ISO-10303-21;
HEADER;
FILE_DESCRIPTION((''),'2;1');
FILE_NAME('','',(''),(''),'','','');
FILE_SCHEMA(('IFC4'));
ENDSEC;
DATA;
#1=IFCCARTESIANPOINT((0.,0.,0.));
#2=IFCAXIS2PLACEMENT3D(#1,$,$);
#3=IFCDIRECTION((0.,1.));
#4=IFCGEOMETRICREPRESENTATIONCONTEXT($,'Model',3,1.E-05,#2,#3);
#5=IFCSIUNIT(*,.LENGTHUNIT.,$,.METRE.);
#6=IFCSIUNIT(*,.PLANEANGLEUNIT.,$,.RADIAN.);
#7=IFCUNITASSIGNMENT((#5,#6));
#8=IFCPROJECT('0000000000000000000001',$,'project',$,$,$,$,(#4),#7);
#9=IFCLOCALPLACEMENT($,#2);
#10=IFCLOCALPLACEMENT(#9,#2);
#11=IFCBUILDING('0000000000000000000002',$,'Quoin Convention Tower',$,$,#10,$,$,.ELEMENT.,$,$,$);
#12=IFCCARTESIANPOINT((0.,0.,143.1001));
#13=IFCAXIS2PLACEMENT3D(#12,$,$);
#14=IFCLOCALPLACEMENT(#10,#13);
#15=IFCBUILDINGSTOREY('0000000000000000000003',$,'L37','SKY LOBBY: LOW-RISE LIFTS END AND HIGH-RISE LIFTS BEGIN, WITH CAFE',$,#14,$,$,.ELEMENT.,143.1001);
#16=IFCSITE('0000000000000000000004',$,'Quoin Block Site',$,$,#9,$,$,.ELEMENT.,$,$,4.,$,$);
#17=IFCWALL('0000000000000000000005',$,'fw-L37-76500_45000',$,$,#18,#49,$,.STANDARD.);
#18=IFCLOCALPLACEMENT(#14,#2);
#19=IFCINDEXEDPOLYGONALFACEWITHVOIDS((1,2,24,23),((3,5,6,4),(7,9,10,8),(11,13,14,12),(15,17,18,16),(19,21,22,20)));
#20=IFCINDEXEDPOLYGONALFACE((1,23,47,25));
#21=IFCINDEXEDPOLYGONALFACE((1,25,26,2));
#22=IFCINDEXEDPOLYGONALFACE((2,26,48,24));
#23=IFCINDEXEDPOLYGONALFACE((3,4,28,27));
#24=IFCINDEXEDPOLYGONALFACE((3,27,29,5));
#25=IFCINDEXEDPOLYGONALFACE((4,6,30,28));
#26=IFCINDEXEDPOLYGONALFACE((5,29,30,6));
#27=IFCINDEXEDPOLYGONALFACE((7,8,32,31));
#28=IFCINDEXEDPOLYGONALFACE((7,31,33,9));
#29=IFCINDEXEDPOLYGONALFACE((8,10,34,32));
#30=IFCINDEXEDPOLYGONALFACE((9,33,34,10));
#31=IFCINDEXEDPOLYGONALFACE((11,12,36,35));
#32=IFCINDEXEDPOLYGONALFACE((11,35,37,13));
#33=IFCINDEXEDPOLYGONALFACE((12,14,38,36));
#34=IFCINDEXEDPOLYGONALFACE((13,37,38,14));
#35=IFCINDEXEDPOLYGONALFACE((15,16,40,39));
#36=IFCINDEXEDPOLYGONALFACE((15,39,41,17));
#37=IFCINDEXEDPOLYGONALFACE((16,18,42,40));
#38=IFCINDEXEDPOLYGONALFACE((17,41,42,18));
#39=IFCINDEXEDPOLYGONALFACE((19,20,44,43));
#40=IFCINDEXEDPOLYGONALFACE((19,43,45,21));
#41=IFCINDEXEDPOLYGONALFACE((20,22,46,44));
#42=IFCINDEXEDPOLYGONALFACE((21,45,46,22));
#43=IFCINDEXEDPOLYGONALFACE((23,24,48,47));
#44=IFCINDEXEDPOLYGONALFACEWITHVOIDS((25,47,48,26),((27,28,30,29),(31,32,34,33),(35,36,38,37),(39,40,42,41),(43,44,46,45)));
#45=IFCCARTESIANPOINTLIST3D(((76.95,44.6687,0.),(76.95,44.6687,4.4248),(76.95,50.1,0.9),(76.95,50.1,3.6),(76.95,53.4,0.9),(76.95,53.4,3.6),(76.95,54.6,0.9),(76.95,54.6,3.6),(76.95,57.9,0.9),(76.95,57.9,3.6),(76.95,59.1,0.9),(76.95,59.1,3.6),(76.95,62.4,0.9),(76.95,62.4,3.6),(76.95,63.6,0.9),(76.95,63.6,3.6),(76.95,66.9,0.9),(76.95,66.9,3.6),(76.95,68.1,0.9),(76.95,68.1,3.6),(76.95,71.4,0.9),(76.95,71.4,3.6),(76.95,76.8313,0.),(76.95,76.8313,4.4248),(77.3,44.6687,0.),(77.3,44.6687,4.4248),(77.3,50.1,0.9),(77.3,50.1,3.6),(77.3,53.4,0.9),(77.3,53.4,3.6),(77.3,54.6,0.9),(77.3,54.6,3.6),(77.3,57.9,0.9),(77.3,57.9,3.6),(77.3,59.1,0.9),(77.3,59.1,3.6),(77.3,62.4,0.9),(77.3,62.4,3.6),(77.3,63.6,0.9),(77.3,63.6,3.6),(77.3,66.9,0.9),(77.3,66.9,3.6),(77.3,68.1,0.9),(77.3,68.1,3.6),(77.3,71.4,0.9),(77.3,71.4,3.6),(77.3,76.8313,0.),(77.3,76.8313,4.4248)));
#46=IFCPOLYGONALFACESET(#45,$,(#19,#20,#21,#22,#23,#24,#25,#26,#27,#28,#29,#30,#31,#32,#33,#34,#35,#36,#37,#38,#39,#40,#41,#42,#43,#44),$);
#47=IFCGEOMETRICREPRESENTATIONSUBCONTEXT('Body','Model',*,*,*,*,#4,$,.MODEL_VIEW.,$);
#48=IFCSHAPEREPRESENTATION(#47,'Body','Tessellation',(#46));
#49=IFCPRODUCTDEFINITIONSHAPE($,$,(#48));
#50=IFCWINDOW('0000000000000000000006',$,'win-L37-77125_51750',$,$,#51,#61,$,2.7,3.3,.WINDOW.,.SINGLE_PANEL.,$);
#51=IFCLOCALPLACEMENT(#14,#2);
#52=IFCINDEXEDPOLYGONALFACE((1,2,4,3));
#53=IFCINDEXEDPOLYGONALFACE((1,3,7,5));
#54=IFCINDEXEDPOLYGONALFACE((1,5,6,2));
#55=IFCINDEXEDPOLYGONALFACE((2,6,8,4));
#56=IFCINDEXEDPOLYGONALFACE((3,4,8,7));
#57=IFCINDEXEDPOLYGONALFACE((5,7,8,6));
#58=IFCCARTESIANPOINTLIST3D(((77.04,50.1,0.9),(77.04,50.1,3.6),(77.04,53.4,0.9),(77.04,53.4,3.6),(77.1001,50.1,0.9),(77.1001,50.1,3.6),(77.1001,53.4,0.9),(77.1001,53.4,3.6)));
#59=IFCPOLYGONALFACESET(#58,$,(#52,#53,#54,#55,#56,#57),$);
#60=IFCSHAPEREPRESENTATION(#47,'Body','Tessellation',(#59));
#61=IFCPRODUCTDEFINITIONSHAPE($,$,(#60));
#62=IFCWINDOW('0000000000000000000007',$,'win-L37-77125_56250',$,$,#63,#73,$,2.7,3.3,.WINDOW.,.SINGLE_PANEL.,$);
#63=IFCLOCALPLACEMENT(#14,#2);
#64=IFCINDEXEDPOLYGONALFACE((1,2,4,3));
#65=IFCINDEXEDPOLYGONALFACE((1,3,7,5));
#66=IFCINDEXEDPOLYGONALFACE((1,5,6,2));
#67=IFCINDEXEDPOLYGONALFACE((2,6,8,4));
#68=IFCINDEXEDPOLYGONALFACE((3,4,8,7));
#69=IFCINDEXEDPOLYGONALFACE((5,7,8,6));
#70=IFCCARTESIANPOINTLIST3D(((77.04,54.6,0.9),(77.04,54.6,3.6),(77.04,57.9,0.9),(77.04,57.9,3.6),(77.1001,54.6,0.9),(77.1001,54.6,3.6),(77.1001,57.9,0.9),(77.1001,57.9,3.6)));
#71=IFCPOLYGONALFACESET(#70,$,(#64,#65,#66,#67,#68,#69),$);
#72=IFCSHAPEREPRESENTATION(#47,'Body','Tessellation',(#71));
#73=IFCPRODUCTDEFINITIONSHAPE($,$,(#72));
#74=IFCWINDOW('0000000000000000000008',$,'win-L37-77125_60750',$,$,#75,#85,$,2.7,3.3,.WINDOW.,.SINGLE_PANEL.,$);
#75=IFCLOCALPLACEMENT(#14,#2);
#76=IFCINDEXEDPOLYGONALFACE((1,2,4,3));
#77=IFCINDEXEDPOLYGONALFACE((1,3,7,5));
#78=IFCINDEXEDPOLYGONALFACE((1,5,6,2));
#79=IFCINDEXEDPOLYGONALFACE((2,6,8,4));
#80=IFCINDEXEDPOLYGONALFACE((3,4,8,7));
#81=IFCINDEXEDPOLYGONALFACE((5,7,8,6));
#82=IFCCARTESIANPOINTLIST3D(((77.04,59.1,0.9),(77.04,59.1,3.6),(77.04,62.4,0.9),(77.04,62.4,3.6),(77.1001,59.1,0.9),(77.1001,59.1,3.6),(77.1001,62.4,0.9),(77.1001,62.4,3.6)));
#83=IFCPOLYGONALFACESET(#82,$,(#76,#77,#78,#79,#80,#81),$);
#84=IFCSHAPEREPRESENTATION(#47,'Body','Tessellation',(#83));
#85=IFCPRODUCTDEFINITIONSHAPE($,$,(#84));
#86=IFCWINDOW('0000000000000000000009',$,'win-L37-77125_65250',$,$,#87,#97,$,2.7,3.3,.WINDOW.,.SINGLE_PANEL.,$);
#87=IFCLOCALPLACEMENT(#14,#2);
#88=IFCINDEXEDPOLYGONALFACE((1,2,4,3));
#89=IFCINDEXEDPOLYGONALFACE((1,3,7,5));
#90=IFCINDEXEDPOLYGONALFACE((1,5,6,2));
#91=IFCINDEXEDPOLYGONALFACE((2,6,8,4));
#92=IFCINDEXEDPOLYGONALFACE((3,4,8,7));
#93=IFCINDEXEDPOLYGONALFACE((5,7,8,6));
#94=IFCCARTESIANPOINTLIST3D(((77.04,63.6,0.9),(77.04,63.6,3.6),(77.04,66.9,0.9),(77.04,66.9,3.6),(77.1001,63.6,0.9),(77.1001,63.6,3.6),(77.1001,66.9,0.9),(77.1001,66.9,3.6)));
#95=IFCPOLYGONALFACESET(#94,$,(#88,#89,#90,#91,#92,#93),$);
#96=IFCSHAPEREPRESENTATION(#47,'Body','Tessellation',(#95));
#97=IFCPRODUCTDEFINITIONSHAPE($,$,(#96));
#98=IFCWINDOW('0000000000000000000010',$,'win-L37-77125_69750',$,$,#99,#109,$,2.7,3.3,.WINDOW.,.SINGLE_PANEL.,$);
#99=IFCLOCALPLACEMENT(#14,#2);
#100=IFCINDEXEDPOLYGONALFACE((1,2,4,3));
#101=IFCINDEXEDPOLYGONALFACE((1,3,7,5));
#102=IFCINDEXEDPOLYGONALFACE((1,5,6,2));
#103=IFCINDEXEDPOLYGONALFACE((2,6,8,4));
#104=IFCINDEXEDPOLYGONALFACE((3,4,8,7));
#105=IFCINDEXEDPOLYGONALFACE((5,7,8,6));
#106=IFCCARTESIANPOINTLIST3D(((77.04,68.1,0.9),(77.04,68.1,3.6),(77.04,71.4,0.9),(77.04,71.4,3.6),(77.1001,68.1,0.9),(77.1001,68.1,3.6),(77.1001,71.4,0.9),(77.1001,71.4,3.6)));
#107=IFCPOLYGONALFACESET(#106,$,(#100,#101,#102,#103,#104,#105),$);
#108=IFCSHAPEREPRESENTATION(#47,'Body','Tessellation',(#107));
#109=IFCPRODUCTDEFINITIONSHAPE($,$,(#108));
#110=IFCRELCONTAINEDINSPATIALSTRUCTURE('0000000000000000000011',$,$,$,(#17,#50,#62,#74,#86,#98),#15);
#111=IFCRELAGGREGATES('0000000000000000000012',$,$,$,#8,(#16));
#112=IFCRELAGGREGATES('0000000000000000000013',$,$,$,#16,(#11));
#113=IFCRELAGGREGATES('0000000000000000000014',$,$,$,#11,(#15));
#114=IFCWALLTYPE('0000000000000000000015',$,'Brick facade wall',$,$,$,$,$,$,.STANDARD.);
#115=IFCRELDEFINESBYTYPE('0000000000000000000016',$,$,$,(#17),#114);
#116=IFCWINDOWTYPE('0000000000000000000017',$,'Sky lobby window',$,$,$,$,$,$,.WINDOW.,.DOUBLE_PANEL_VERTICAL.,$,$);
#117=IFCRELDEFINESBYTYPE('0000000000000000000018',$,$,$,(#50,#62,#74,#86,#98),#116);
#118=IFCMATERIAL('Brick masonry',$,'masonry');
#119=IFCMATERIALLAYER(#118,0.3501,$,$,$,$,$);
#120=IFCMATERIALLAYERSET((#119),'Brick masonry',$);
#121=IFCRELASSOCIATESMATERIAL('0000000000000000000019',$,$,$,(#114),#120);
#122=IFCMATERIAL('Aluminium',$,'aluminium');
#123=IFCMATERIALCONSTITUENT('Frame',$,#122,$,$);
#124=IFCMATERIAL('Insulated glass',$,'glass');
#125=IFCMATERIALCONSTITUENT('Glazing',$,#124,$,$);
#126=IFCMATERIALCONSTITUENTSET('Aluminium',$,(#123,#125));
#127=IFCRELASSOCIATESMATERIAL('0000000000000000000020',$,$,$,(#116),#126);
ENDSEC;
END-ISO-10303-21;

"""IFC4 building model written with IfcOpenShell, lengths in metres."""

from ifc_helpers import new_model, si_unit, direction, frame, frame_2d, origin, place, context, subcontext, project, spatial, rectangle, extrude, material, layer, layer_set, constituent, constituent_set, type_object, element, fill, save


model = new_model("IFC4")

# Units and contexts
model_context = context("Model", 3, precision=1e-05, world=origin(), true_north=direction((0.0, 1.0)))
body_context = subcontext(model_context, "Body", "Model", "MODEL_VIEW")
ifc_project = project(units=[si_unit("LENGTHUNIT", "METRE"), si_unit("PLANEANGLEUNIT", "RADIAN")], contexts=[model_context])

# Site, building, storey
site_placement = place(None, origin())
site = spatial("IfcSite", under=ifc_project, at=site_placement, Name="Quoin Block Site", CompositionType="ELEMENT", RefElevation=4.0)
building_placement = place(site_placement, origin())
building = spatial("IfcBuilding", under=site, at=building_placement, Name="Quoin Convention Tower", CompositionType="ELEMENT")
storey_placement = place(building_placement, frame((0.0, 0.0, 143.1001)))
storey = spatial("IfcBuildingStorey", under=building, at=storey_placement, Name="L37", Description="SKY LOBBY: LOW-RISE LIFTS END AND HIGH-RISE LIFTS BEGIN, WITH CAFE", CompositionType="ELEMENT", Elevation=143.1001)

# Shared definitions
ifc_material_1 = material(Name="Aluminium", Category="aluminium")
ifc_material_2 = material(Name="Insulated glass", Category="glass")

# Wall, openings, windows
ifc_material_3 = material(Name="Brick masonry", Category="masonry")
ifc_layer_1 = layer(ifc_material_3, 0.3501)
ifc_layer_set_1 = layer_set([ifc_layer_1], Name="Brick masonry")
wall_type_1 = type_object("IfcWallType", Name="Brick facade wall", PredefinedType="STANDARD", material=ifc_layer_set_1)
wall_1_placement = place(storey_placement, frame((77.125, 44.6687, 0.0), z_axis=(0.0, 0.0, 1.0), x_axis=(0.0, 1.0, 0.0)))
wall_1 = element("IfcWall", 1, at=wall_1_placement, inside=storey, type_object=wall_type_1, Name="fw-L37-76500_45000", PredefinedType="STANDARD", context=body_context, shape_type="SweptSolid", body=[
    extrude(rectangle(XDim=32.1626, YDim=0.3501, at=frame_2d((16.0813, 0.0))), origin(), (0.0, 0.0, 1.0), 4.4248),
])
opening_1_placement = place(wall_1_placement, frame((5.4314, 0.0, 0.8999)))
opening_1 = element("IfcOpeningElement", 2, at=opening_1_placement, cuts=wall_1, PredefinedType="OPENING", context=body_context, shape_type="SweptSolid", body=[
    extrude(rectangle(XDim=3.3, YDim=2.7, at=frame_2d((1.6499, 1.3501))), frame((0.0, 0.1851, 0.0), z_axis=(0.0, -1.0, 0.0), x_axis=(1.0, 0.0, 0.0)), (0.0, 0.0, 1.0), 0.3701),
])
opening_2_placement = place(wall_1_placement, frame((9.9314, 0.0, 0.8999)))
opening_2 = element("IfcOpeningElement", 3, at=opening_2_placement, cuts=wall_1, PredefinedType="OPENING", context=body_context, shape_type="SweptSolid", body=[
    extrude(rectangle(XDim=3.3, YDim=2.7, at=frame_2d((1.6499, 1.3501))), frame((0.0, 0.1851, 0.0), z_axis=(0.0, -1.0, 0.0), x_axis=(1.0, 0.0, 0.0)), (0.0, 0.0, 1.0), 0.3701),
])
opening_3_placement = place(wall_1_placement, frame((14.4314, 0.0, 0.8999)))
opening_3 = element("IfcOpeningElement", 4, at=opening_3_placement, cuts=wall_1, PredefinedType="OPENING", context=body_context, shape_type="SweptSolid", body=[
    extrude(rectangle(XDim=3.3, YDim=2.7, at=frame_2d((1.6499, 1.3501))), frame((0.0, 0.1851, 0.0), z_axis=(0.0, -1.0, 0.0), x_axis=(1.0, 0.0, 0.0)), (0.0, 0.0, 1.0), 0.3701),
])
opening_4_placement = place(wall_1_placement, frame((18.9314, 0.0, 0.8999)))
opening_4 = element("IfcOpeningElement", 5, at=opening_4_placement, cuts=wall_1, PredefinedType="OPENING", context=body_context, shape_type="SweptSolid", body=[
    extrude(rectangle(XDim=3.3, YDim=2.7, at=frame_2d((1.6499, 1.3501))), frame((0.0, 0.1851, 0.0), z_axis=(0.0, -1.0, 0.0), x_axis=(1.0, 0.0, 0.0)), (0.0, 0.0, 1.0), 0.3701),
])
opening_5_placement = place(wall_1_placement, frame((23.4314, 0.0, 0.8999)))
opening_5 = element("IfcOpeningElement", 6, at=opening_5_placement, cuts=wall_1, PredefinedType="OPENING", context=body_context, shape_type="SweptSolid", body=[
    extrude(rectangle(XDim=3.3, YDim=2.7, at=frame_2d((1.6499, 1.3501))), frame((0.0, 0.1851, 0.0), z_axis=(0.0, -1.0, 0.0), x_axis=(1.0, 0.0, 0.0)), (0.0, 0.0, 1.0), 0.3701),
])
ifc_constituent_1 = constituent(ifc_material_1, Name="Frame")
ifc_constituent_2 = constituent(ifc_material_2, Name="Glazing")
ifc_constituent_set_1 = constituent_set(constituents=[ifc_constituent_1, ifc_constituent_2], Name="Aluminium")
window_type = type_object("IfcWindowType", Name="Sky lobby window", PartitioningType="DOUBLE_PANEL_VERTICAL", PredefinedType="WINDOW", material=ifc_constituent_set_1)
window_1_placement = place(opening_1_placement, origin())
window_1 = element("IfcWindow", 7, at=window_1_placement, inside=storey, type_object=window_type, Name="win-L37-77125_51750", OverallHeight=2.7, OverallWidth=3.3, PartitioningType="SINGLE_PANEL", PredefinedType="WINDOW", context=body_context, shape_type="SweptSolid", body=[
    extrude(rectangle(XDim=3.3, YDim=2.7, at=frame_2d((1.6499, 1.3501))), frame((0.0, 0.085, 0.0), z_axis=(0.0, -1.0, 0.0), x_axis=(1.0, 0.0, 0.0)), (0.0, 0.0, 1.0), 0.0601),
])
fill(opening_1, window_1)
window_2_placement = place(opening_2_placement, origin())
window_2 = element("IfcWindow", 8, at=window_2_placement, inside=storey, type_object=window_type, Name="win-L37-77125_56250", OverallHeight=2.7, OverallWidth=3.3, PartitioningType="SINGLE_PANEL", PredefinedType="WINDOW", context=body_context, shape_type="SweptSolid", body=[
    extrude(rectangle(XDim=3.3, YDim=2.7, at=frame_2d((1.6499, 1.3501))), frame((0.0, 0.085, 0.0), z_axis=(0.0, -1.0, 0.0), x_axis=(1.0, 0.0, 0.0)), (0.0, 0.0, 1.0), 0.0601),
])
fill(opening_2, window_2)
window_3_placement = place(opening_3_placement, origin())
window_3 = element("IfcWindow", 9, at=window_3_placement, inside=storey, type_object=window_type, Name="win-L37-77125_60750", OverallHeight=2.7, OverallWidth=3.3, PartitioningType="SINGLE_PANEL", PredefinedType="WINDOW", context=body_context, shape_type="SweptSolid", body=[
    extrude(rectangle(XDim=3.3, YDim=2.7, at=frame_2d((1.6499, 1.3501))), frame((0.0, 0.085, 0.0), z_axis=(0.0, -1.0, 0.0), x_axis=(1.0, 0.0, 0.0)), (0.0, 0.0, 1.0), 0.0601),
])
fill(opening_3, window_3)
window_4_placement = place(opening_4_placement, origin())
window_4 = element("IfcWindow", 10, at=window_4_placement, inside=storey, type_object=window_type, Name="win-L37-77125_65250", OverallHeight=2.7, OverallWidth=3.3, PartitioningType="SINGLE_PANEL", PredefinedType="WINDOW", context=body_context, shape_type="SweptSolid", body=[
    extrude(rectangle(XDim=3.3, YDim=2.7, at=frame_2d((1.6499, 1.3501))), frame((0.0, 0.085, 0.0), z_axis=(0.0, -1.0, 0.0), x_axis=(1.0, 0.0, 0.0)), (0.0, 0.0, 1.0), 0.0601),
])
fill(opening_4, window_4)
window_5_placement = place(opening_5_placement, origin())
window_5 = element("IfcWindow", 11, at=window_5_placement, inside=storey, type_object=window_type, Name="win-L37-77125_69750", OverallHeight=2.7, OverallWidth=3.3, PartitioningType="SINGLE_PANEL", PredefinedType="WINDOW", context=body_context, shape_type="SweptSolid", body=[
    extrude(rectangle(XDim=3.3, YDim=2.7, at=frame_2d((1.6499, 1.3501))), frame((0.0, 0.085, 0.0), z_axis=(0.0, -1.0, 0.0), x_axis=(1.0, 0.0, 0.0)), (0.0, 0.0, 1.0), 0.0601),
])
fill(opening_5, window_5)

save(model, "model.ifc")
